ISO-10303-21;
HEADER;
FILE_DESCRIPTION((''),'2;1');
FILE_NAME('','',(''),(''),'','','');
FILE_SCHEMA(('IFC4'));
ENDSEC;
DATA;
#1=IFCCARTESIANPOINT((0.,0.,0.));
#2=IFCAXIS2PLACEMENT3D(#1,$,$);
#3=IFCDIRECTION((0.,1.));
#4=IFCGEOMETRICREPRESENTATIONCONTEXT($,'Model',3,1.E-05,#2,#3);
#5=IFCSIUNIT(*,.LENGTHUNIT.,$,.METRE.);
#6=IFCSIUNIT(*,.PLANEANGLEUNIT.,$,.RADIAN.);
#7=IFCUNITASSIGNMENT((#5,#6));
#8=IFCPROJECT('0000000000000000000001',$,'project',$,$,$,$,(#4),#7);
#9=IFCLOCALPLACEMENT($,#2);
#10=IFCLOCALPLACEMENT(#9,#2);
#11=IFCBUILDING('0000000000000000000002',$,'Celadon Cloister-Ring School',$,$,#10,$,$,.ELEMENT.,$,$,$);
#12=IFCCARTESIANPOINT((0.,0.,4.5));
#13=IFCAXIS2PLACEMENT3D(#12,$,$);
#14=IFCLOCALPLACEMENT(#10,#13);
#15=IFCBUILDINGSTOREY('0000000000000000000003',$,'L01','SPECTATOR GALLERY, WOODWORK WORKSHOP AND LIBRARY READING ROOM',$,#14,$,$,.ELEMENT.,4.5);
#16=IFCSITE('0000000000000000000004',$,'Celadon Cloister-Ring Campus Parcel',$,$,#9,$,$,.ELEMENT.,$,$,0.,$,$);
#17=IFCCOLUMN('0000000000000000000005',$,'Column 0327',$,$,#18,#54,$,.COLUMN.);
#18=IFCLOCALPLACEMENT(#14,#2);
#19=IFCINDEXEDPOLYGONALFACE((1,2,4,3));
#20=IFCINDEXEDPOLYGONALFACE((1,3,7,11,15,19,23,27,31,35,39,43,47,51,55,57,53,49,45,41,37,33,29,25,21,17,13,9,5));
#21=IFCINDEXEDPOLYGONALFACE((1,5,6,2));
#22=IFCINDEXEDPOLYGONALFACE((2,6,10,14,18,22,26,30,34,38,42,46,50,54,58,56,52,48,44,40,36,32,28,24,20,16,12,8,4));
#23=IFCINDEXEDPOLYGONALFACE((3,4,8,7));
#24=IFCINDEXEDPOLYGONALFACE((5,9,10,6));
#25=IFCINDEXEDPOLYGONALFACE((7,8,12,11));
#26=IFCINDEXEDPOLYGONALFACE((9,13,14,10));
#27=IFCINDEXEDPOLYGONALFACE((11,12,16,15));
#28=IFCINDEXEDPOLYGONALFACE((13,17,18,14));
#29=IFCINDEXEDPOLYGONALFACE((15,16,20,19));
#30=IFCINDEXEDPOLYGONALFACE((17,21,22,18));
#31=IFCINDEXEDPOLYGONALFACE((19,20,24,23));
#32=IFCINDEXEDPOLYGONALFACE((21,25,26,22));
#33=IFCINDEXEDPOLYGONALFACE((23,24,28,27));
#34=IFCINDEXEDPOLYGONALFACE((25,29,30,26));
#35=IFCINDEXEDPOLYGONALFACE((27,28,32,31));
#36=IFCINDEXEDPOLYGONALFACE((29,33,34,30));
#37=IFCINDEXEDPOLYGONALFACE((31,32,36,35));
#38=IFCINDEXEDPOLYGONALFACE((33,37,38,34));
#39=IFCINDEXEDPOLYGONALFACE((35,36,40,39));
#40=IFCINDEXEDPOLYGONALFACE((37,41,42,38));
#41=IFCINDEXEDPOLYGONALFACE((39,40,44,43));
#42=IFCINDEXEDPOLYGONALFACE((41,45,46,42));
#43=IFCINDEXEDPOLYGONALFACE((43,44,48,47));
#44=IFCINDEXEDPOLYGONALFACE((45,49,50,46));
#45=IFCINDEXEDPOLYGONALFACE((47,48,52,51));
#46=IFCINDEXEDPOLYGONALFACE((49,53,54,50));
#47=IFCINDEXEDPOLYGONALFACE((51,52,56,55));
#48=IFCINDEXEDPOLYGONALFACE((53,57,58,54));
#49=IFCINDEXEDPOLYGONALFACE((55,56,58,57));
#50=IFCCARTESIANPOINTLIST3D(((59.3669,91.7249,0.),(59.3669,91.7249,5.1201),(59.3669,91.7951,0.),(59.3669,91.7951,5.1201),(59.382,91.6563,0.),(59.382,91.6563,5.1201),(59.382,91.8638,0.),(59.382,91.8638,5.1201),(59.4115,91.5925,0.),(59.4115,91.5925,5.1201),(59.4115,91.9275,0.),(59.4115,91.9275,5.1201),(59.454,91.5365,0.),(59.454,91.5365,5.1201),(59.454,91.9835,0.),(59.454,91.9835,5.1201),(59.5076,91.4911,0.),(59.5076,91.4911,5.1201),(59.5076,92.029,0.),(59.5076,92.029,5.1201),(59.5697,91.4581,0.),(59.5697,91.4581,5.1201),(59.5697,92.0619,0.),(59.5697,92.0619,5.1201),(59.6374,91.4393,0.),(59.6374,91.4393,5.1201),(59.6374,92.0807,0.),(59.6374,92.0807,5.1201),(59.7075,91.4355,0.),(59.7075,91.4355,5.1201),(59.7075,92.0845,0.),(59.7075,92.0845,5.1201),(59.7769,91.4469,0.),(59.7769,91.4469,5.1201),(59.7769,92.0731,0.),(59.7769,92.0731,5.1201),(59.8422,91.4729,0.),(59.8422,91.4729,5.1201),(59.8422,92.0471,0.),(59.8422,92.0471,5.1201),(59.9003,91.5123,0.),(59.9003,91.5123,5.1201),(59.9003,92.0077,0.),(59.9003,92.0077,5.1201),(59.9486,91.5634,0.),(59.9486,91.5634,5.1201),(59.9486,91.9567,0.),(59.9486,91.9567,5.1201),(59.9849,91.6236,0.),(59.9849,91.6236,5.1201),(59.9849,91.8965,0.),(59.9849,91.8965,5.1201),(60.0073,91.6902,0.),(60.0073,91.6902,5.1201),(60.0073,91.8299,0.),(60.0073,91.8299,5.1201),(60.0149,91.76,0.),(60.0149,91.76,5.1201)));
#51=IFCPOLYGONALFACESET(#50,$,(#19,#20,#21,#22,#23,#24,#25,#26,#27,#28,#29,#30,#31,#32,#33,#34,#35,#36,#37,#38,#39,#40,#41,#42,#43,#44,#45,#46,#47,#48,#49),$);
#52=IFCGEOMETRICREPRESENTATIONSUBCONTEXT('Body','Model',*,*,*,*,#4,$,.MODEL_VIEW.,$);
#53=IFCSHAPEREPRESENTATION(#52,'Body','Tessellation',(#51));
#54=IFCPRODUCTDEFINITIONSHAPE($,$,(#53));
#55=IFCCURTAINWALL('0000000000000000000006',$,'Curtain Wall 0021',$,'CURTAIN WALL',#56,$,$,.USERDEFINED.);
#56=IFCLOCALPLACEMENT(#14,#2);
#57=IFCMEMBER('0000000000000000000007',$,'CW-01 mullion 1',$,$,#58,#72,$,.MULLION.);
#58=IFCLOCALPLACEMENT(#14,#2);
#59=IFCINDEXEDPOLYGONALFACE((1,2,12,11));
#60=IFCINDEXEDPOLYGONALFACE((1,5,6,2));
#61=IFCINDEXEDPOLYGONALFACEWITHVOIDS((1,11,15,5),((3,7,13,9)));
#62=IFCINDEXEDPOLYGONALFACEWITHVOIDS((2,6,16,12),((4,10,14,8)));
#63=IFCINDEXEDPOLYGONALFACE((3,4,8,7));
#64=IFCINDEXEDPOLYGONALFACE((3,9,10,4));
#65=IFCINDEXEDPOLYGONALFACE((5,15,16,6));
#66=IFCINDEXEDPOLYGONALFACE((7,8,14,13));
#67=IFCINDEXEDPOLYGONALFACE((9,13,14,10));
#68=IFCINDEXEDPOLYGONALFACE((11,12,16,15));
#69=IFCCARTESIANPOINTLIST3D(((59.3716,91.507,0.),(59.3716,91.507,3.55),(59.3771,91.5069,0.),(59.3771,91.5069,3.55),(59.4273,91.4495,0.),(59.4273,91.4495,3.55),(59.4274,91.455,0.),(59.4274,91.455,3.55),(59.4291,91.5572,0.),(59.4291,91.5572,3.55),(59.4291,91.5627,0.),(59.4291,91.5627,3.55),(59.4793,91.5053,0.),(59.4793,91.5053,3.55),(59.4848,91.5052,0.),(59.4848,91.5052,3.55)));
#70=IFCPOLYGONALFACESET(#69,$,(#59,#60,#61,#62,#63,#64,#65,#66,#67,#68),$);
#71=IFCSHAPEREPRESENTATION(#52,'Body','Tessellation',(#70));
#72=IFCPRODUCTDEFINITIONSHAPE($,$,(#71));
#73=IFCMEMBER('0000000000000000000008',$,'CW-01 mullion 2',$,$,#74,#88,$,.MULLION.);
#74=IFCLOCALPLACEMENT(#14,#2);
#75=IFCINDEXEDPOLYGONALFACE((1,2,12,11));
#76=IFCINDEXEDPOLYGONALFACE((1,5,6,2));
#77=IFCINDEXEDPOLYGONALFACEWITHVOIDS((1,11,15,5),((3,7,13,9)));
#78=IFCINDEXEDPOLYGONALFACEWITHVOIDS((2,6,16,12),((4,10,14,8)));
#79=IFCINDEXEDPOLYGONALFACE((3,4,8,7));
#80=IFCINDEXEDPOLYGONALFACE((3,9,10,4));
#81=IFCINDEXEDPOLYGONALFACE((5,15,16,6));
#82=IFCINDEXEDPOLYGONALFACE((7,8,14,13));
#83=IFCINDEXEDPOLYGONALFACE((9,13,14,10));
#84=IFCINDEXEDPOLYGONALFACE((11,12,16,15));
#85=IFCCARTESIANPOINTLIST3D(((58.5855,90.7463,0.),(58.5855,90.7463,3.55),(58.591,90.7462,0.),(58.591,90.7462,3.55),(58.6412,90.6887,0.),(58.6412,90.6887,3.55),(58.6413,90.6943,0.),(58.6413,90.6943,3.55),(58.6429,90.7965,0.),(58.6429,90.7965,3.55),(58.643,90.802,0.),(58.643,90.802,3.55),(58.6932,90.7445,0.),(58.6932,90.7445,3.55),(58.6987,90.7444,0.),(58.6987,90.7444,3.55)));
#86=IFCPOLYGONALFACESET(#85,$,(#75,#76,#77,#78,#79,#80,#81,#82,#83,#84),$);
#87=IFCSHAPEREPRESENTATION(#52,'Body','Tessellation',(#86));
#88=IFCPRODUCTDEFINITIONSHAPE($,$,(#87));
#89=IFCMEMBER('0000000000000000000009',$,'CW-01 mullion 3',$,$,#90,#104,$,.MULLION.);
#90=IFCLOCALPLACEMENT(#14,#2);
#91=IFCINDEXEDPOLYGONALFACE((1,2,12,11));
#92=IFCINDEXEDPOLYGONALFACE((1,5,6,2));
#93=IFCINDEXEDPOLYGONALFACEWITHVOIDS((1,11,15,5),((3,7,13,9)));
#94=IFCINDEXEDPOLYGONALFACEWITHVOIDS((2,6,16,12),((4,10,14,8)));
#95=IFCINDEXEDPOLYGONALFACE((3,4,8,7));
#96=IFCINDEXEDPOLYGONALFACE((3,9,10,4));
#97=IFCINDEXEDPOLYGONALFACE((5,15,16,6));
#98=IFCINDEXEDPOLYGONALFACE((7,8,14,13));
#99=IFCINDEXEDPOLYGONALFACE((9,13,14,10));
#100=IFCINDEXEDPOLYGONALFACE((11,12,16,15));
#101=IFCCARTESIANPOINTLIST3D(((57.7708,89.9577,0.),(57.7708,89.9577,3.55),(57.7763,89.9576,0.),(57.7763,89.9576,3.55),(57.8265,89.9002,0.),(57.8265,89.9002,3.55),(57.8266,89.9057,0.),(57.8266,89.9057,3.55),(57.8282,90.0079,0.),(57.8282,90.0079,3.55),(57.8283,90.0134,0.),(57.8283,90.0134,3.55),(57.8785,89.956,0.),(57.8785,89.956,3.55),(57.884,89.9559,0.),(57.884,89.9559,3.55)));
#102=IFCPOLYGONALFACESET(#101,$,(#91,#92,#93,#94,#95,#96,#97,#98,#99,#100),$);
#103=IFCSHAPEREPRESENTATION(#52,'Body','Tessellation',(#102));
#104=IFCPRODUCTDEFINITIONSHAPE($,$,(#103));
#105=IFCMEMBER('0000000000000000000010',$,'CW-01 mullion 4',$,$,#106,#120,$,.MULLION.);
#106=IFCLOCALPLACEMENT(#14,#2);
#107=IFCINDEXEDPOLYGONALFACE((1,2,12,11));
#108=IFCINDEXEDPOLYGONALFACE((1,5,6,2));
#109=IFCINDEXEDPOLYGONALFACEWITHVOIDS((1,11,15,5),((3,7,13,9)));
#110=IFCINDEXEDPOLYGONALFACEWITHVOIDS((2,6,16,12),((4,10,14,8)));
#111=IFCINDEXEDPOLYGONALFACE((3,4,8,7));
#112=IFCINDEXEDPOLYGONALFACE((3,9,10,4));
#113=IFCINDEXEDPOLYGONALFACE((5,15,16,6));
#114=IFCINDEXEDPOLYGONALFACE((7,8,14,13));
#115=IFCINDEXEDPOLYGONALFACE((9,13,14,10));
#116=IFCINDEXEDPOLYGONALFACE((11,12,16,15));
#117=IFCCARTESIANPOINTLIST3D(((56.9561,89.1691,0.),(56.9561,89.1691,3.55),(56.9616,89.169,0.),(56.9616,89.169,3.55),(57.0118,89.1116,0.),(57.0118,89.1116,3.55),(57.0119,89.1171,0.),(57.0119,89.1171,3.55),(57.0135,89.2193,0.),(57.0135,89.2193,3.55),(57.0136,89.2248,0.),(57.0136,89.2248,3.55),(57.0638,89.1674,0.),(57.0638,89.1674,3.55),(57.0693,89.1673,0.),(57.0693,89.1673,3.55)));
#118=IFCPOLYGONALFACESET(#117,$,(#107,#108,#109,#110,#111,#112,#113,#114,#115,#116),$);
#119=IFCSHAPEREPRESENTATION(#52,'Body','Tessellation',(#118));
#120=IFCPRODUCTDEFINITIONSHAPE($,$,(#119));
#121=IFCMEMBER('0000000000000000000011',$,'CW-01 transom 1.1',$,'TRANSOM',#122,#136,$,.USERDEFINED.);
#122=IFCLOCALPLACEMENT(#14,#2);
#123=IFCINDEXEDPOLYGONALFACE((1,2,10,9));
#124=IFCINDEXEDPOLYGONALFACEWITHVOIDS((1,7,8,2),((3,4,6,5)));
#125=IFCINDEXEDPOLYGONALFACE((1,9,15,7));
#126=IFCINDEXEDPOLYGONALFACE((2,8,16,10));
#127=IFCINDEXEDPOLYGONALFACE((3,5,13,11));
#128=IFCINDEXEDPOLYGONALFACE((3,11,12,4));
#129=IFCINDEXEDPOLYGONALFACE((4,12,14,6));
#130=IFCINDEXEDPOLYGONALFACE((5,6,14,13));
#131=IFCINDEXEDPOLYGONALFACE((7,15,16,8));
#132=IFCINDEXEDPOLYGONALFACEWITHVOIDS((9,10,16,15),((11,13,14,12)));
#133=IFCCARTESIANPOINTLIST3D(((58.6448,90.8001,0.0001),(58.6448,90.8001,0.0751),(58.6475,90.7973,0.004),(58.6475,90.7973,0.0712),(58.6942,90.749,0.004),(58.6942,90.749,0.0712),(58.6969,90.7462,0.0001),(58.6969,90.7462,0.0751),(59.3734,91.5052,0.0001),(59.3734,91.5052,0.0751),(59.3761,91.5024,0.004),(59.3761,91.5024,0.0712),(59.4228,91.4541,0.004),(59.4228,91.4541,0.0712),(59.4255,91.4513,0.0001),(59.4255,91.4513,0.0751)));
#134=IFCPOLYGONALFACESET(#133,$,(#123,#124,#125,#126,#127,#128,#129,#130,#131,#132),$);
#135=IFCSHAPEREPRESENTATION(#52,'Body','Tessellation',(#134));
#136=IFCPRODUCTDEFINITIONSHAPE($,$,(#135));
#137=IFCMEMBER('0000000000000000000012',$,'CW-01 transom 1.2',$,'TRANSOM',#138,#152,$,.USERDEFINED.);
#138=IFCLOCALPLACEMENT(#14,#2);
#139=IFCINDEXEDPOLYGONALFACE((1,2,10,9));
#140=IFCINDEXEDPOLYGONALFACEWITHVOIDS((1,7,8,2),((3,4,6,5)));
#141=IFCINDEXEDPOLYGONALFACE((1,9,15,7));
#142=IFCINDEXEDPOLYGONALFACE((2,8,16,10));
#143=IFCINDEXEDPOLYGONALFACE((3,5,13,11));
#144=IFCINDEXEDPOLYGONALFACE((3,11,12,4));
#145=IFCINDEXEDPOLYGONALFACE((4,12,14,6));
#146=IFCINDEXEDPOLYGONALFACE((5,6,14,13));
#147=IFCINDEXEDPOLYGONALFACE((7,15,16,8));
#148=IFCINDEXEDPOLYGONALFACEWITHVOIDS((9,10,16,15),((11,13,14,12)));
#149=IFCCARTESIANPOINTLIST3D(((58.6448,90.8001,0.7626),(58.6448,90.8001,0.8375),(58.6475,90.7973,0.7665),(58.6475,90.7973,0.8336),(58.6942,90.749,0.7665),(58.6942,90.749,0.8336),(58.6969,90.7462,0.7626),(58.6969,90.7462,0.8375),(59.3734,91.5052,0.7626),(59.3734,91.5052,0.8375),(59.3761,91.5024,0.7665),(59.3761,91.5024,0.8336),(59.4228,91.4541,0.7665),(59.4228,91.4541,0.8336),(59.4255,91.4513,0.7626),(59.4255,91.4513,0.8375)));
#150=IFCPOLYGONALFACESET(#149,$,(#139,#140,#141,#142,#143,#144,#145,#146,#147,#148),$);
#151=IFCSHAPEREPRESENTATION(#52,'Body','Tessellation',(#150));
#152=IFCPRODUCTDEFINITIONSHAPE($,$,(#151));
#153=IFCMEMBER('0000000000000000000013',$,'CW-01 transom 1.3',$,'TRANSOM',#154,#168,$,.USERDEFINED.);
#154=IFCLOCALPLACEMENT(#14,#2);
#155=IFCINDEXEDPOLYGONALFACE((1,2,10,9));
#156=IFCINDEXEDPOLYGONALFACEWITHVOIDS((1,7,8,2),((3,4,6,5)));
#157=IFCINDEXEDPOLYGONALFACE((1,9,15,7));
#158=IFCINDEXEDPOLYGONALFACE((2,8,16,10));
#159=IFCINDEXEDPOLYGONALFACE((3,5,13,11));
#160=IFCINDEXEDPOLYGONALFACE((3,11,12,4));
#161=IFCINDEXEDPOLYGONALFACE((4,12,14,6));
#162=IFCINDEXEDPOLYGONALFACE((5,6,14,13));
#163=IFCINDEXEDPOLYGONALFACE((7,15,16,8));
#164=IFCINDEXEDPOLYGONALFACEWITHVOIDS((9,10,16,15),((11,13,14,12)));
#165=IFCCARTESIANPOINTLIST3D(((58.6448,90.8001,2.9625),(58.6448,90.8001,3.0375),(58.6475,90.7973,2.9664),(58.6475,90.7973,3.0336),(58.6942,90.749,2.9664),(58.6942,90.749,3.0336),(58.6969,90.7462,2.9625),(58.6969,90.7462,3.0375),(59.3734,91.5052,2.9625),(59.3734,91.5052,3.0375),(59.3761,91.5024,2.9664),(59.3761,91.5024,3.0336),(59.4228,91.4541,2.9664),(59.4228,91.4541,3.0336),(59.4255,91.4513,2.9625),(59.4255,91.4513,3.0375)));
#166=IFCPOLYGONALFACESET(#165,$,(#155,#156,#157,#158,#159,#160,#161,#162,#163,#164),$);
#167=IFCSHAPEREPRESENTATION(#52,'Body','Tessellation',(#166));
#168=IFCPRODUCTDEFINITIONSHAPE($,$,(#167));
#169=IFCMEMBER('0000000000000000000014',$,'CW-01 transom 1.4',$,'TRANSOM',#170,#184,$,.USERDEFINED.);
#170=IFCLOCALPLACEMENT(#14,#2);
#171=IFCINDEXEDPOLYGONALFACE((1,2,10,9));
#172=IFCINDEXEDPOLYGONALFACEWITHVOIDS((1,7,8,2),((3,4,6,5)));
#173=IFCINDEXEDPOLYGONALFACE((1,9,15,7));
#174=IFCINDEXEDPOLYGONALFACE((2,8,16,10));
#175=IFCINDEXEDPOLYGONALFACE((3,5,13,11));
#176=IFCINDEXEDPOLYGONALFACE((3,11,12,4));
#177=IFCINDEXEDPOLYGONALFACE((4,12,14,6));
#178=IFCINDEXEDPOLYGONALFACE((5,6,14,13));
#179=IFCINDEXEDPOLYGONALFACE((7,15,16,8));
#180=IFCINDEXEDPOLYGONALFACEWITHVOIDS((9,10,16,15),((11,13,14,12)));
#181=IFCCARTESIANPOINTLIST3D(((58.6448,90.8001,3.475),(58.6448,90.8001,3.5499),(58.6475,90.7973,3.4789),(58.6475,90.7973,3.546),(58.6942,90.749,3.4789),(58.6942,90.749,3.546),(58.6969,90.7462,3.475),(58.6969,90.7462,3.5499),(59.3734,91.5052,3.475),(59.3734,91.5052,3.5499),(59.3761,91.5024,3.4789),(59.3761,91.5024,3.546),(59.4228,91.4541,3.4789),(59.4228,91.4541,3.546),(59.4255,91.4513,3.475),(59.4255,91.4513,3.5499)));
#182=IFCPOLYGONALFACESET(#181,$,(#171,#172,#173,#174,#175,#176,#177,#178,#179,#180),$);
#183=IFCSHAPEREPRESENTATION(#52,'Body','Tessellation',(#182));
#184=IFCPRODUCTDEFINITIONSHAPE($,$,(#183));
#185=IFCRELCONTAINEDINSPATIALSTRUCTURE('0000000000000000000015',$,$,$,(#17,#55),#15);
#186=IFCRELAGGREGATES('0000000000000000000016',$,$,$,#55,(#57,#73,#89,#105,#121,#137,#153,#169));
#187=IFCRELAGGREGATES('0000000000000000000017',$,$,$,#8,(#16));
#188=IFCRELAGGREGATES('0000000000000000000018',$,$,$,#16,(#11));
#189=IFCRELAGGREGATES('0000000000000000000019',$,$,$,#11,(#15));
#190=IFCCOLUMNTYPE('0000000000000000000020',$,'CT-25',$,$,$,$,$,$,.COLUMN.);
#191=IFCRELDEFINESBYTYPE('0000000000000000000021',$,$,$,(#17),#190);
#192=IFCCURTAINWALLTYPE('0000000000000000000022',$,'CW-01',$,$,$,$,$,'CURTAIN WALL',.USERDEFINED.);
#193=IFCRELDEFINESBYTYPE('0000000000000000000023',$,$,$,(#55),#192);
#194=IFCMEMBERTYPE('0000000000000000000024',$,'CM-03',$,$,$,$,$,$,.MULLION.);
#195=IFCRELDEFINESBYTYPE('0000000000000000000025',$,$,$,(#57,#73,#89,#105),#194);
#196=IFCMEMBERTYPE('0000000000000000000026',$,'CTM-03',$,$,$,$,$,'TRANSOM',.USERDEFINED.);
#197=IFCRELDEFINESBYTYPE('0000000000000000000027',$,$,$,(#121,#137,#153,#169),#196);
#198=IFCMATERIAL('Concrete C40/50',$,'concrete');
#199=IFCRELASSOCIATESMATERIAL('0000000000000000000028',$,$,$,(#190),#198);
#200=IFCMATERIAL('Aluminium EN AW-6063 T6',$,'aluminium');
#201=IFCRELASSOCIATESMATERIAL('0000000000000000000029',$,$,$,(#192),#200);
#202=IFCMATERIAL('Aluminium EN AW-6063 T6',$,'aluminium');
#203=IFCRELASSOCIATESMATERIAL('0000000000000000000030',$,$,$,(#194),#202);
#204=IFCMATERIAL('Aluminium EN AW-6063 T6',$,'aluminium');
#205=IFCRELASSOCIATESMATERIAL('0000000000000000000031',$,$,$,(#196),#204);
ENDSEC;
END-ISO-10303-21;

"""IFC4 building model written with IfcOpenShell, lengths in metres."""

from ifc_helpers import new_model, si_unit, direction, frame, origin, origin_2d, place, context, subcontext, project, spatial, hollow_rectangle, circle, extrude, material, material_profile, profile_set, type_object, element, aggregate, save


model = new_model("IFC4")

# Units and contexts
model_context = context("Model", 3, precision=1e-05, world=origin(), true_north=direction((0.0, 1.0)))
body_context = subcontext(model_context, "Body", "Model", "MODEL_VIEW")
ifc_project = project(units=[si_unit("LENGTHUNIT", "METRE"), si_unit("PLANEANGLEUNIT", "RADIAN")], contexts=[model_context])

# Site, building, storey
site_placement = place(None, origin())
site = spatial("IfcSite", under=ifc_project, at=site_placement, Name="Celadon Cloister-Ring Campus Parcel", CompositionType="ELEMENT", RefElevation=0.0)
building_placement = place(site_placement, origin())
building = spatial("IfcBuilding", under=site, at=building_placement, Name="Celadon Cloister-Ring School", CompositionType="ELEMENT")
storey_placement = place(building_placement, frame((0.0, 0.0, 4.5)))
storey = spatial("IfcBuildingStorey", under=building, at=storey_placement, Name="L01", Description="SPECTATOR GALLERY, WOODWORK WORKSHOP AND LIBRARY READING ROOM", CompositionType="ELEMENT", Elevation=4.5)

# Column
ifc_material_1 = material(Name="Concrete C40/50", Category="concrete")
ifc_material_profile_1 = material_profile(ifc_material_1, circle(Radius=0.325, at=origin_2d()), Name="CIRC650")
ifc_profile_set_1 = profile_set([ifc_material_profile_1], Name="Concrete C40/50")
column_type = type_object("IfcColumnType", Name="CT-25", PredefinedType="COLUMN", material=ifc_profile_set_1)
column_placement = place(storey_placement, frame((59.6899, 91.76, 0.0), z_axis=(0.0, 0.0, 1.0), x_axis=(1.0, 0.0, 0.0)))
element("IfcColumn", 1, at=column_placement, inside=storey, type_object=column_type, Name="Column 0327", PredefinedType="COLUMN", context=body_context, shape_type="SweptSolid", body=[
    extrude(circle(Radius=0.325, at=origin_2d()), origin(), (0.0, 0.0, 1.0), 5.1201),
])

# Curtain wall, members
ifc_material_2 = material(Name="Aluminium EN AW-6063 T6", Category="aluminium")
curtain_wall_type = type_object("IfcCurtainWallType", Name="CW-01", ElementType="CURTAIN WALL", PredefinedType="USERDEFINED", material=ifc_material_2)
curtain_wall_placement = place(storey_placement, origin())
curtain_wall = element("IfcCurtainWall", 2, at=curtain_wall_placement, inside=storey, type_object=curtain_wall_type, Name="Curtain Wall 0021", ObjectType="CURTAIN WALL", PredefinedType="USERDEFINED")
ifc_material_3 = material(Name="Aluminium EN AW-6063 T6", Category="aluminium")
ifc_material_profile_2 = material_profile(ifc_material_3, hollow_rectangle(XDim=0.0801, YDim=0.0801, WallThickness=0.0039, at=origin_2d()), Name="RHS80X80X4")
ifc_profile_set_2 = profile_set([ifc_material_profile_2], Name="Aluminium EN AW-6063 T6")
member_type_1 = type_object("IfcMemberType", Name="CM-03", PredefinedType="MULLION", material=ifc_profile_set_2)
member_1_placement = place(storey_placement, frame((59.4282, 91.5061, 0.0), z_axis=(0.0, 0.0, 1.0), x_axis=(0.69546, -0.718565, 0.0)))
member_1 = element("IfcMember", 3, at=member_1_placement, type_object=member_type_1, Name="CW-01 mullion 1", PredefinedType="MULLION", context=body_context, shape_type="SweptSolid", body=[
    extrude(hollow_rectangle(XDim=0.0801, YDim=0.0801, WallThickness=0.0039, at=origin_2d()), origin(), (0.0, 0.0, 1.0), 3.55),
])
member_2_placement = place(storey_placement, frame((58.6421, 90.7454, 0.0), z_axis=(0.0, 0.0, 1.0), x_axis=(0.69546, -0.718565, 0.0)))
member_2 = element("IfcMember", 4, at=member_2_placement, type_object=member_type_1, Name="CW-01 mullion 2", PredefinedType="MULLION", context=body_context, shape_type="SweptSolid", body=[
    extrude(hollow_rectangle(XDim=0.0801, YDim=0.0801, WallThickness=0.0039, at=origin_2d()), origin(), (0.0, 0.0, 1.0), 3.55),
])
member_3_placement = place(storey_placement, frame((57.8274, 89.9568, 0.0), z_axis=(0.0, 0.0, 1.0), x_axis=(0.69546, -0.718565, 0.0)))
member_3 = element("IfcMember", 5, at=member_3_placement, type_object=member_type_1, Name="CW-01 mullion 3", PredefinedType="MULLION", context=body_context, shape_type="SweptSolid", body=[
    extrude(hollow_rectangle(XDim=0.0801, YDim=0.0801, WallThickness=0.0039, at=origin_2d()), origin(), (0.0, 0.0, 1.0), 3.55),
])
member_4_placement = place(storey_placement, frame((57.0127, 89.1682, 0.0), z_axis=(0.0, 0.0, 1.0), x_axis=(0.69546, -0.718565, 0.0)))
member_4 = element("IfcMember", 6, at=member_4_placement, type_object=member_type_1, Name="CW-01 mullion 4", PredefinedType="MULLION", context=body_context, shape_type="SweptSolid", body=[
    extrude(hollow_rectangle(XDim=0.0801, YDim=0.0801, WallThickness=0.0039, at=origin_2d()), origin(), (0.0, 0.0, 1.0), 3.55),
])
ifc_material_4 = material(Name="Aluminium EN AW-6063 T6", Category="aluminium")
ifc_material_profile_3 = material_profile(ifc_material_4, hollow_rectangle(XDim=0.075, YDim=0.075, WallThickness=0.0039, at=origin_2d()), Name="RHS75X75X4")
ifc_profile_set_3 = profile_set([ifc_material_profile_3], Name="Aluminium EN AW-6063 T6")
member_type_2 = type_object("IfcMemberType", Name="CTM-03", ElementType="TRANSOM", PredefinedType="USERDEFINED", material=ifc_profile_set_3)
member_5_placement = place(storey_placement, frame((59.3994, 91.4783, 0.0376), z_axis=(-0.718571, -0.695454, 0.0), x_axis=(0.695454, -0.718571, 0.0)))
member_5 = element("IfcMember", 7, at=member_5_placement, type_object=member_type_2, Name="CW-01 transom 1.1", ObjectType="TRANSOM", PredefinedType="USERDEFINED", context=body_context, shape_type="SweptSolid", body=[
    extrude(hollow_rectangle(XDim=0.075, YDim=0.075, WallThickness=0.0039, at=origin_2d()), origin(), (0.0, 0.0, 1.0), 1.0139),
])
member_6_placement = place(storey_placement, frame((59.3994, 91.4783, 0.8), z_axis=(-0.718571, -0.695454, 0.0), x_axis=(0.695454, -0.718571, 0.0)))
member_6 = element("IfcMember", 8, at=member_6_placement, type_object=member_type_2, Name="CW-01 transom 1.2", ObjectType="TRANSOM", PredefinedType="USERDEFINED", context=body_context, shape_type="SweptSolid", body=[
    extrude(hollow_rectangle(XDim=0.075, YDim=0.075, WallThickness=0.0039, at=origin_2d()), origin(), (0.0, 0.0, 1.0), 1.0139),
])
member_7_placement = place(storey_placement, frame((59.3994, 91.4783, 3.0), z_axis=(-0.718571, -0.695454, 0.0), x_axis=(0.695454, -0.718571, 0.0)))
member_7 = element("IfcMember", 9, at=member_7_placement, type_object=member_type_2, Name="CW-01 transom 1.3", ObjectType="TRANSOM", PredefinedType="USERDEFINED", context=body_context, shape_type="SweptSolid", body=[
    extrude(hollow_rectangle(XDim=0.075, YDim=0.075, WallThickness=0.0039, at=origin_2d()), origin(), (0.0, 0.0, 1.0), 1.0139),
])
member_8_placement = place(storey_placement, frame((59.3994, 91.4783, 3.5125), z_axis=(-0.718571, -0.695454, 0.0), x_axis=(0.695454, -0.718571, 0.0)))
member_8 = element("IfcMember", 10, at=member_8_placement, type_object=member_type_2, Name="CW-01 transom 1.4", ObjectType="TRANSOM", PredefinedType="USERDEFINED", context=body_context, shape_type="SweptSolid", body=[
    extrude(hollow_rectangle(XDim=0.075, YDim=0.075, WallThickness=0.0039, at=origin_2d()), origin(), (0.0, 0.0, 1.0), 1.0139),
])

aggregate(curtain_wall, [member_1, member_2, member_3, member_4, member_5, member_6, member_7, member_8])

save(model, "model.ifc")
